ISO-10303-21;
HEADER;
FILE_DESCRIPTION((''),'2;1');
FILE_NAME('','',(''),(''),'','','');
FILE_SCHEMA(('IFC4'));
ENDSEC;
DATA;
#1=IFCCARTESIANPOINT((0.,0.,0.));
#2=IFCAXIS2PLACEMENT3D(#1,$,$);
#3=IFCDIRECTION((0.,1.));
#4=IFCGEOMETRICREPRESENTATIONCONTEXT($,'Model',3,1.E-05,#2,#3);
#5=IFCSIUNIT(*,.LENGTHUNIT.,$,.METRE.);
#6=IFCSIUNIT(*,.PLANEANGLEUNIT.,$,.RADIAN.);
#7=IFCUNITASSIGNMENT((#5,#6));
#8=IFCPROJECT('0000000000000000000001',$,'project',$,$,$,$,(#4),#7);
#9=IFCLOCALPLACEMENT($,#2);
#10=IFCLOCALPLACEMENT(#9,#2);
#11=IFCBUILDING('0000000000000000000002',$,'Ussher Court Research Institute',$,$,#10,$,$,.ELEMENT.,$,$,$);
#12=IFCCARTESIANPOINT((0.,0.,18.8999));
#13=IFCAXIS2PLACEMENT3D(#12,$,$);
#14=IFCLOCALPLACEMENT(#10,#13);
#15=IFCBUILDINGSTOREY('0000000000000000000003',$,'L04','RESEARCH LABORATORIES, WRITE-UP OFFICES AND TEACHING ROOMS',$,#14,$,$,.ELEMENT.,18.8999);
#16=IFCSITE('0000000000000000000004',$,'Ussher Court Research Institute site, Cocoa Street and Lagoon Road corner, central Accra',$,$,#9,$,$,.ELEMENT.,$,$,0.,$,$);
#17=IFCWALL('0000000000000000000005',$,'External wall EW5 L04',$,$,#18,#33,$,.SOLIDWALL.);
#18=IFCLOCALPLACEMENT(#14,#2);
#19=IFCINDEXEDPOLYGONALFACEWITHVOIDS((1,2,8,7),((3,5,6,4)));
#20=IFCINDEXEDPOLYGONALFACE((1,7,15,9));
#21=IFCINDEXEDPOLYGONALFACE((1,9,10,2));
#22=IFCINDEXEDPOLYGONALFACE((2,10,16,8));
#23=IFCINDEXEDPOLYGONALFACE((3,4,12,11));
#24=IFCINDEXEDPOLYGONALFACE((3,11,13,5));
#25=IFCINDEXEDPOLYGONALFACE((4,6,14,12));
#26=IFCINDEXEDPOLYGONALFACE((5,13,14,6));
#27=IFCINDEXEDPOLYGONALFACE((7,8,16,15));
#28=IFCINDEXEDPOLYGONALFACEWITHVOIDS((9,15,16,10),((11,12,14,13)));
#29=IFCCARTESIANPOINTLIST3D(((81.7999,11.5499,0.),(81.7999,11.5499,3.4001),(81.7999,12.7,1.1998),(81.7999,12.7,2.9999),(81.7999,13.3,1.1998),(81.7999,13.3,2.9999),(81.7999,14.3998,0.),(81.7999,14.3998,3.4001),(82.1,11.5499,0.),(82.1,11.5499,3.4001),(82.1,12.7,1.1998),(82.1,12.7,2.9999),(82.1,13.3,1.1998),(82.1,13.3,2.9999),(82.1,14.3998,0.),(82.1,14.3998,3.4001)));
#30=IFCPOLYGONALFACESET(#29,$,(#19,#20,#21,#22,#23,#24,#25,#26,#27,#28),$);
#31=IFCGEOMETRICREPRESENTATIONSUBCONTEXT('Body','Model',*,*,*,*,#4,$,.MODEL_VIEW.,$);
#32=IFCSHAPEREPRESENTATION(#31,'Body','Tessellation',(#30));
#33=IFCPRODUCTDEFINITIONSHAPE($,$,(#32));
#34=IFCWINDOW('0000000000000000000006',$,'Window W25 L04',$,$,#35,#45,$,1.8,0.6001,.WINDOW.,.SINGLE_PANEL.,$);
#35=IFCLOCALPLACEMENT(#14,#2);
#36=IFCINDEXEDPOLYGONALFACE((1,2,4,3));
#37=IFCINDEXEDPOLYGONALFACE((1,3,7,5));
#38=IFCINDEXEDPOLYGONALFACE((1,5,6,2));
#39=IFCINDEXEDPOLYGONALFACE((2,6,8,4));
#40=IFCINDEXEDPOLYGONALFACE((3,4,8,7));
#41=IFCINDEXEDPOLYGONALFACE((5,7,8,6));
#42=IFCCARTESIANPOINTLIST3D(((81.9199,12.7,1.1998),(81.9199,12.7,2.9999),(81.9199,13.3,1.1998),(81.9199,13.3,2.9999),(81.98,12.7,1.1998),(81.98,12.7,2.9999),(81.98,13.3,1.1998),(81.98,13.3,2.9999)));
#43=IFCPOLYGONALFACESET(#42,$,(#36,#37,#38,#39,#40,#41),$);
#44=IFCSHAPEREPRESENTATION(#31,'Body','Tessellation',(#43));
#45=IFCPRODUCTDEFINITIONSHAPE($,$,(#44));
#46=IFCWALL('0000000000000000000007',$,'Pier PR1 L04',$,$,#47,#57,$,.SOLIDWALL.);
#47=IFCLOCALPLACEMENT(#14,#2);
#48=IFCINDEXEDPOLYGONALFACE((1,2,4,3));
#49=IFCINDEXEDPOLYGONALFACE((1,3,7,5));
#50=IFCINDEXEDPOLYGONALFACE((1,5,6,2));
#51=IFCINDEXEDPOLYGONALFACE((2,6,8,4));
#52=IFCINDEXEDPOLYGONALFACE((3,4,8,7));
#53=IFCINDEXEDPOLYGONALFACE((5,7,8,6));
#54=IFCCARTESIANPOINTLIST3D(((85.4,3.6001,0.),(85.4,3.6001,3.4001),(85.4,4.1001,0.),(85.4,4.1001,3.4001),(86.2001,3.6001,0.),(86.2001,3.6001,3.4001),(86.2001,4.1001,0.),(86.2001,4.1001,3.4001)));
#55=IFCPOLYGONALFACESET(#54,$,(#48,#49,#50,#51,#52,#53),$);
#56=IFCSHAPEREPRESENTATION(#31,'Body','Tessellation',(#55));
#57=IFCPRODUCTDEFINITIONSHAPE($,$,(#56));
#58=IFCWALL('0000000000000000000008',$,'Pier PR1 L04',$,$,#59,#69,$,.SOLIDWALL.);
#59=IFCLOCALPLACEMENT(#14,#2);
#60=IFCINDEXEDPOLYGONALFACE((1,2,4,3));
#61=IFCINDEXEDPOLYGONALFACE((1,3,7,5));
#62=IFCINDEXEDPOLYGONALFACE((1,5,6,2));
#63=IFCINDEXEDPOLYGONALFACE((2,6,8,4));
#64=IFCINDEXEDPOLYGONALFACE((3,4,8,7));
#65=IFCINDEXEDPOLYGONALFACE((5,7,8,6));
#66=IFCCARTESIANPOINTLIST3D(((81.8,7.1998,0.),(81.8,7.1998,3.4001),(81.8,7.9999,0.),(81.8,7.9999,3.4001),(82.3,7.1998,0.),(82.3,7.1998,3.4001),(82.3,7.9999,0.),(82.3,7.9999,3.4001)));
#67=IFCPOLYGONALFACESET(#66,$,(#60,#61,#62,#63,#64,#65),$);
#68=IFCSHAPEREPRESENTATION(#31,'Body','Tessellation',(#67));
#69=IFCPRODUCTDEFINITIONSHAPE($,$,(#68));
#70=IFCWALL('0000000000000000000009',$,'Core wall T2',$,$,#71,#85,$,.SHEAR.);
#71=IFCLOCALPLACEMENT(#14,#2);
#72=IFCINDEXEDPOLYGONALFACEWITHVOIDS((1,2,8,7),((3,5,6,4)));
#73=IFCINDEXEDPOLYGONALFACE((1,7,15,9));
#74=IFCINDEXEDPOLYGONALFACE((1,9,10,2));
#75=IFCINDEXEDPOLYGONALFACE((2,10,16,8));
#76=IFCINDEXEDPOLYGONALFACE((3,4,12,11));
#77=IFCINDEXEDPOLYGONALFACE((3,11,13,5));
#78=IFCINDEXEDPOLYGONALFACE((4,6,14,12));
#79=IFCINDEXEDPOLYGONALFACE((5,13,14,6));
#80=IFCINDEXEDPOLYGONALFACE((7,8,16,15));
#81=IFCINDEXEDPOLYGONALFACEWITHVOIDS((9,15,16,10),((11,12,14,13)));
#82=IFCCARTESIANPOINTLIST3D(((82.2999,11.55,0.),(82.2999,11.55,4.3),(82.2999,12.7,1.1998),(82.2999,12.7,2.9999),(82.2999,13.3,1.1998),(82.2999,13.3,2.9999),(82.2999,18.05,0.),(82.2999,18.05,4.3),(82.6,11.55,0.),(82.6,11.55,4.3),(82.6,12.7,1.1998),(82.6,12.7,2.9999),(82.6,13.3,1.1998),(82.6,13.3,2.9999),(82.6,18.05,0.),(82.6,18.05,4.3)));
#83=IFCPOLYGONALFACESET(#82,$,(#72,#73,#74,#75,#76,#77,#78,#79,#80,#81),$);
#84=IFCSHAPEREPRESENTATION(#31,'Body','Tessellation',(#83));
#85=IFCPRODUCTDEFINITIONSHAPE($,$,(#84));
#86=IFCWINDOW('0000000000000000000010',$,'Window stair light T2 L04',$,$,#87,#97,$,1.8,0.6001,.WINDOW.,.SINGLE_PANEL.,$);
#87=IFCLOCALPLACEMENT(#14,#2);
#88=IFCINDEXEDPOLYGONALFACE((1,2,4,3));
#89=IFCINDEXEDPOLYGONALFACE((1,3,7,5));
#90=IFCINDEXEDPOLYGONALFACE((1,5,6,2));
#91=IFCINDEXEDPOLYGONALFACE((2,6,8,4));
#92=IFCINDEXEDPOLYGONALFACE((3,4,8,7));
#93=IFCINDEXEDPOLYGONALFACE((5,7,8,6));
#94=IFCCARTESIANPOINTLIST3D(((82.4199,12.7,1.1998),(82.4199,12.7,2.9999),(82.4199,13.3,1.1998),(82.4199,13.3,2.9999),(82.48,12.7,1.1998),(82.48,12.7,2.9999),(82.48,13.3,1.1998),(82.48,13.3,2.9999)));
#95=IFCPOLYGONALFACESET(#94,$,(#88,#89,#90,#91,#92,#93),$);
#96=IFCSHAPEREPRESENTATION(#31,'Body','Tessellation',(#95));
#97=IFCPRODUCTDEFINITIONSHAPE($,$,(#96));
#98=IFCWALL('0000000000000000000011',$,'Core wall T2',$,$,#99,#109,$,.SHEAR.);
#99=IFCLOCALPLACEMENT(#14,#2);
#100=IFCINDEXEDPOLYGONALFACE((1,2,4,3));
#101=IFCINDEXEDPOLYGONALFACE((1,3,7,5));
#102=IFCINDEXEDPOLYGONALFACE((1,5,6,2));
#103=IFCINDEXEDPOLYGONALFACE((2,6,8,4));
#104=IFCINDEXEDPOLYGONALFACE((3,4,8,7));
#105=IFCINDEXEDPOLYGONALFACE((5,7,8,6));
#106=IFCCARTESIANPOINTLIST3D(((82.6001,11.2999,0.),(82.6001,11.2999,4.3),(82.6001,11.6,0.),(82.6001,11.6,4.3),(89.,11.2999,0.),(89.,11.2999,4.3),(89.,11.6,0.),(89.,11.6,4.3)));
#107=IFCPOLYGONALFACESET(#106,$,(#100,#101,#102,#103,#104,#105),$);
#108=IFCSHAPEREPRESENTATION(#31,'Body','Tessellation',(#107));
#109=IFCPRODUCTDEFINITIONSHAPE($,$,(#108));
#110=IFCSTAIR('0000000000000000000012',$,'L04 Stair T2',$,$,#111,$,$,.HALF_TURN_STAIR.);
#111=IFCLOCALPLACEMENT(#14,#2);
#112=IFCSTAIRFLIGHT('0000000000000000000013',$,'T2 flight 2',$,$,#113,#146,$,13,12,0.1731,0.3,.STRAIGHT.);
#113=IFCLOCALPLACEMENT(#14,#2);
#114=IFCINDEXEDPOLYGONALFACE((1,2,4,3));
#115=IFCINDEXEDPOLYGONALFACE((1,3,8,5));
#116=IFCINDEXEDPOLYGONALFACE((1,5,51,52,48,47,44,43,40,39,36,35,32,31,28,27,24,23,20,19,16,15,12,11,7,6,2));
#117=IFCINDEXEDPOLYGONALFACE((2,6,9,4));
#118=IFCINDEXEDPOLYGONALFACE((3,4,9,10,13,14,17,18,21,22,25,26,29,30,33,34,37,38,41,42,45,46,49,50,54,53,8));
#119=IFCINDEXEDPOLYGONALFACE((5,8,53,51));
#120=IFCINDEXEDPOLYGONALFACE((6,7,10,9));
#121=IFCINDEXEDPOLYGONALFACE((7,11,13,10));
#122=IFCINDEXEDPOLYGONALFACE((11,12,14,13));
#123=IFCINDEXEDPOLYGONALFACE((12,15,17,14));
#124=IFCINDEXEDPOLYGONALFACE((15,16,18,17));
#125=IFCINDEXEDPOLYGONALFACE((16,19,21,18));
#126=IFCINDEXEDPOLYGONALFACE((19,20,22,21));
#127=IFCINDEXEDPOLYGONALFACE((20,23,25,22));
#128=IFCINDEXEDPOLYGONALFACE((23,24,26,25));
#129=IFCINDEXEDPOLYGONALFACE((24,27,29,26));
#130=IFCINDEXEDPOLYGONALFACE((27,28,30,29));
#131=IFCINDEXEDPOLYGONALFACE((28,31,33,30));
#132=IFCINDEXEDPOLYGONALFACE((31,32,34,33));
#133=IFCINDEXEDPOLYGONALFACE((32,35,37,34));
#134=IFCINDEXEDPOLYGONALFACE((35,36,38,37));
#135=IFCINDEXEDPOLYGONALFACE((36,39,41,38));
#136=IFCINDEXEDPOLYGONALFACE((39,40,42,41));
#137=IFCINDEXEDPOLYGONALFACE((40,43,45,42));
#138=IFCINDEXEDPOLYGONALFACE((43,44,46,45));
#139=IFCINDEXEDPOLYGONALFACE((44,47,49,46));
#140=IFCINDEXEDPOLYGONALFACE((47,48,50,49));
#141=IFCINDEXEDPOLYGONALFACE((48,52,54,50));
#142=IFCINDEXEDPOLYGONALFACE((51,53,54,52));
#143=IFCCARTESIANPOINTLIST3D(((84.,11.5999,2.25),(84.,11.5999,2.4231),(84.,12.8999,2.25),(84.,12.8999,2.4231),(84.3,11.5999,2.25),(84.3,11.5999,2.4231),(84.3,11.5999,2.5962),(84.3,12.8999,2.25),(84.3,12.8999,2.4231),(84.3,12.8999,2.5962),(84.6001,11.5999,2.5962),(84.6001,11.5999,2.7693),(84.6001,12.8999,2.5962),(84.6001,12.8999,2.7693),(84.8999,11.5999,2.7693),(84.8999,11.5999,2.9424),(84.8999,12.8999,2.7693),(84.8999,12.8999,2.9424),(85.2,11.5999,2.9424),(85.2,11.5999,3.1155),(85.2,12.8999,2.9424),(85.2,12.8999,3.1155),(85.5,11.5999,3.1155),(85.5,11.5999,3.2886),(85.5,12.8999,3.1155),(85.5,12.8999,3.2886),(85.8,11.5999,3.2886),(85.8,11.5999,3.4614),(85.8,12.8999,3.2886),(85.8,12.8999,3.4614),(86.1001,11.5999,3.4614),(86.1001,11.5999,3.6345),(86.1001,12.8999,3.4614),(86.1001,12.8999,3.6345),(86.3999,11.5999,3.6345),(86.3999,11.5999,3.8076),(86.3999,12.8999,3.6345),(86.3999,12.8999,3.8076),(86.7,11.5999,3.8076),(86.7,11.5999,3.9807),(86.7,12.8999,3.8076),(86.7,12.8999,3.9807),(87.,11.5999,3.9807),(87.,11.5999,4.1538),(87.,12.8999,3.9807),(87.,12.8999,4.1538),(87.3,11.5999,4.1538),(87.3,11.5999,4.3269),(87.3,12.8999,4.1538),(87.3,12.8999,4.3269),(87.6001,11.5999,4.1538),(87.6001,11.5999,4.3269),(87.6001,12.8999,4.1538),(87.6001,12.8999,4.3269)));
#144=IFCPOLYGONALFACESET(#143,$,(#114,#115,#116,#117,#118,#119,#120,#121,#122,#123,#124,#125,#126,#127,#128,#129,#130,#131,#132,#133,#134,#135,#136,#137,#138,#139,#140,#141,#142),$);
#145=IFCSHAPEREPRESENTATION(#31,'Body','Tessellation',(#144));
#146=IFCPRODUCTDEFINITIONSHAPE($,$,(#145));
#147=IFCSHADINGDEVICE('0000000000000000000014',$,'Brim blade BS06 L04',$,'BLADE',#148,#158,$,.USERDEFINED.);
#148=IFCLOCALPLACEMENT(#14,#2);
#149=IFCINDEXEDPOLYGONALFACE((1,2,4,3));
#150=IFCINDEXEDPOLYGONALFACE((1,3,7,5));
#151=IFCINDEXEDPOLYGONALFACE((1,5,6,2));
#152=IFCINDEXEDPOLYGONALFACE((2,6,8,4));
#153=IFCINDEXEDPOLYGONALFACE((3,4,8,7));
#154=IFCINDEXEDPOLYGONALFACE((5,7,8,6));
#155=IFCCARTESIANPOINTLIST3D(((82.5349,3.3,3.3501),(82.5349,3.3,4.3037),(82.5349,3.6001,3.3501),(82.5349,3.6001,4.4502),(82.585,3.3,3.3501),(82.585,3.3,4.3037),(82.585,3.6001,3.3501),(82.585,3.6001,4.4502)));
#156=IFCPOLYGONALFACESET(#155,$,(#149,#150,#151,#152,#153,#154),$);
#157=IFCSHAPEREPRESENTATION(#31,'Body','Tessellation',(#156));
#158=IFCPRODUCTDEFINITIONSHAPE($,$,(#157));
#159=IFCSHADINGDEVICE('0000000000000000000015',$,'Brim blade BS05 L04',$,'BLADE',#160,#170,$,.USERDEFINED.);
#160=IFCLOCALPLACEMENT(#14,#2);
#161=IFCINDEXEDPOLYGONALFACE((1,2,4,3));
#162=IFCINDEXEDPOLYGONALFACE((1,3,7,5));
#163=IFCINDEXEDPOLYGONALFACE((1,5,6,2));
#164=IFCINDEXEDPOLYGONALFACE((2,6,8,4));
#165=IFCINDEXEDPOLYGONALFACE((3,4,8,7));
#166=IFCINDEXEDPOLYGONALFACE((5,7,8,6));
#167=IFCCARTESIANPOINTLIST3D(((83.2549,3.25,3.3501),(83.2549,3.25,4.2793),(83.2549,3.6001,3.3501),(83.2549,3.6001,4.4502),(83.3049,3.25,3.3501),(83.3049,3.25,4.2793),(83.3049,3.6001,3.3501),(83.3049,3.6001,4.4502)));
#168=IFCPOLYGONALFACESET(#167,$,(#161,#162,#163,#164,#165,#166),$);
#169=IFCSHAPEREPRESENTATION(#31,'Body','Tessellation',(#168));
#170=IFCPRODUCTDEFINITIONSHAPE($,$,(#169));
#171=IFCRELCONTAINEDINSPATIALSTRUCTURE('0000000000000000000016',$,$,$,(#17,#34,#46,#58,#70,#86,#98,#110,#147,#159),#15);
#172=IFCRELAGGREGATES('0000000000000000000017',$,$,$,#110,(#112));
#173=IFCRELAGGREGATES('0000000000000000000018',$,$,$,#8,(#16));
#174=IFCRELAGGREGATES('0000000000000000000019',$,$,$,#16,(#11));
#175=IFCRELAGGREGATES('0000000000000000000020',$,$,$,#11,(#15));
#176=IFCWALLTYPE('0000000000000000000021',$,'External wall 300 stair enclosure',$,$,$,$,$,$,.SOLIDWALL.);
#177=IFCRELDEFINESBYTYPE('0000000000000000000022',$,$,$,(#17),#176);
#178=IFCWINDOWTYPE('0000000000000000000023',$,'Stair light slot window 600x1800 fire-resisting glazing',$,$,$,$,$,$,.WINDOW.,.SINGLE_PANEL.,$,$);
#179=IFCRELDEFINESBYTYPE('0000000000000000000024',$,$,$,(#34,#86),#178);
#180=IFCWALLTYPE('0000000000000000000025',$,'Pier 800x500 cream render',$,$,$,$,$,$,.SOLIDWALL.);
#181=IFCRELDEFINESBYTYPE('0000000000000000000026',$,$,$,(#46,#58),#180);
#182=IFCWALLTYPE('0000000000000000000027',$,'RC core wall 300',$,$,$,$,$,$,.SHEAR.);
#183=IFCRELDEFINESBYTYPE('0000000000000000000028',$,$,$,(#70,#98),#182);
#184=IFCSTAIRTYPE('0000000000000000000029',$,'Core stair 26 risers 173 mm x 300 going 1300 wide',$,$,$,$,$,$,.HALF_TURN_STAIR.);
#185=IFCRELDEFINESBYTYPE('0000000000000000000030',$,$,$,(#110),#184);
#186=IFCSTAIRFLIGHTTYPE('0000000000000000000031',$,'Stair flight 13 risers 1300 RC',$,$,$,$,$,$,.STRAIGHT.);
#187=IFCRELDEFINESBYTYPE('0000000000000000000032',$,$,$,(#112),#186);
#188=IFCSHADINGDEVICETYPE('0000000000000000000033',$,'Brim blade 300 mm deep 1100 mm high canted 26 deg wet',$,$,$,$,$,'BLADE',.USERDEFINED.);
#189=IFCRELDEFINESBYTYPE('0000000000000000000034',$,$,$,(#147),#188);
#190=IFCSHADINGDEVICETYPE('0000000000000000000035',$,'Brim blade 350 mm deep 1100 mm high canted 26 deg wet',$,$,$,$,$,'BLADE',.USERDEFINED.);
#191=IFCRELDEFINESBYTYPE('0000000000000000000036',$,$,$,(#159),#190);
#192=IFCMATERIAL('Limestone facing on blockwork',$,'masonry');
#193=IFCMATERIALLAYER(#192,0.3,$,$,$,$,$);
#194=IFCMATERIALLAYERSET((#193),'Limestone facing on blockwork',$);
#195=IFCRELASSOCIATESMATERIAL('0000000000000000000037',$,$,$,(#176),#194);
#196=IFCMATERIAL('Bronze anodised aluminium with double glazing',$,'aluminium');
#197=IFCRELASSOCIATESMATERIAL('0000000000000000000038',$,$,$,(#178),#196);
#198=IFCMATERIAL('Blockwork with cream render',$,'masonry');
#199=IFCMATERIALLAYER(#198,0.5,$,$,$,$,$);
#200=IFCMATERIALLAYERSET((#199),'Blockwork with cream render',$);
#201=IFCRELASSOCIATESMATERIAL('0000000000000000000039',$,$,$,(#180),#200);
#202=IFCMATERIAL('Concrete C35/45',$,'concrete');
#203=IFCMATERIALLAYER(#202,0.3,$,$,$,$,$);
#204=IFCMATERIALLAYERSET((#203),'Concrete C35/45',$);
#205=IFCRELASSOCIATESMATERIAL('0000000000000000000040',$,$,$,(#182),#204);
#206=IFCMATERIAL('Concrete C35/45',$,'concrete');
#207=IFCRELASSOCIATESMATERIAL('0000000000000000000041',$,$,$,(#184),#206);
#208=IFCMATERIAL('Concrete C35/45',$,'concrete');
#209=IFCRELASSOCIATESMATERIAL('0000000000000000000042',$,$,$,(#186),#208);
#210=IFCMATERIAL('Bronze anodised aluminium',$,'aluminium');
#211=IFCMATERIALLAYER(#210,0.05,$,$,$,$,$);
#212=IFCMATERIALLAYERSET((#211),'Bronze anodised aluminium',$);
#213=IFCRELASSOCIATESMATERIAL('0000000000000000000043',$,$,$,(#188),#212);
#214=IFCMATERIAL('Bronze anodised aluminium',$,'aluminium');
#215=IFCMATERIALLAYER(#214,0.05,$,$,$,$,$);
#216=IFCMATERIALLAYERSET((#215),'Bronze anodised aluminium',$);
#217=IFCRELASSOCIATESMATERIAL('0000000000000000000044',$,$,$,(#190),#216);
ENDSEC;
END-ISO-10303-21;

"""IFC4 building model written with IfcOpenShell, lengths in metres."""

from ifc_helpers import new_model, si_unit, direction, frame, frame_2d, origin, place, context, subcontext, project, spatial, polyline, rectangle, outline, extrude, material, layer, layer_set, type_object, element, fill, aggregate, save


model = new_model("IFC4")

# Units and contexts
model_context = context("Model", 3, precision=1e-05, world=origin(), true_north=direction((0.0, 1.0)))
body_context = subcontext(model_context, "Body", "Model", "MODEL_VIEW")
ifc_project = project(units=[si_unit("LENGTHUNIT", "METRE"), si_unit("PLANEANGLEUNIT", "RADIAN")], contexts=[model_context])

# Site, building, storey
site_placement = place(None, origin())
site = spatial("IfcSite", under=ifc_project, at=site_placement, Name="Ussher Court Research Institute site, Cocoa Street and Lagoon Road corner, central Accra", CompositionType="ELEMENT", RefElevation=0.0)
building_placement = place(site_placement, origin())
building = spatial("IfcBuilding", under=site, at=building_placement, Name="Ussher Court Research Institute", CompositionType="ELEMENT")
storey_placement = place(building_placement, frame((0.0, 0.0, 18.8999)))
storey = spatial("IfcBuildingStorey", under=building, at=storey_placement, Name="L04", Description="RESEARCH LABORATORIES, WRITE-UP OFFICES AND TEACHING ROOMS", CompositionType="ELEMENT", Elevation=18.8999)

# Wall, opening, window
ifc_material_1 = material(Name="Limestone facing on blockwork", Category="masonry")
ifc_layer_1 = layer(ifc_material_1, 0.3)
ifc_layer_set_1 = layer_set([ifc_layer_1], Name="Limestone facing on blockwork")
wall_type_1 = type_object("IfcWallType", Name="External wall 300 stair enclosure", PredefinedType="SOLIDWALL", material=ifc_layer_set_1)
wall_1_placement = place(storey_placement, frame((81.95, 11.55, 0.0), z_axis=(0.0, 0.0, 1.0), x_axis=(0.0, 1.0, 0.0)))
wall_1 = element("IfcWall", 1, at=wall_1_placement, inside=storey, type_object=wall_type_1, Name="External wall EW5 L04", PredefinedType="SOLIDWALL", context=body_context, shape_type="SweptSolid", body=[
    extrude(rectangle(XDim=2.8499, YDim=0.3, at=frame_2d((1.4248, 0.0))), origin(), (0.0, 0.0, 1.0), 3.4001),
])
opening_1_placement = place(wall_1_placement, frame((1.1499, 0.0, 1.2)))
opening_1 = element("IfcOpeningElement", 2, at=opening_1_placement, cuts=wall_1, PredefinedType="OPENING", context=body_context, shape_type="SweptSolid", body=[
    extrude(rectangle(XDim=0.6001, YDim=1.8, at=frame_2d((0.3, 0.8999))), frame((0.0, 0.1602, 0.0), z_axis=(0.0, -1.0, 0.0), x_axis=(1.0, 0.0, 0.0)), (0.0, 0.0, 1.0), 0.3201),
])
ifc_material_2 = material(Name="Bronze anodised aluminium with double glazing", Category="aluminium")
window_type_1 = type_object("IfcWindowType", Name="Stair light slot window 600x1800 fire-resisting glazing", PartitioningType="SINGLE_PANEL", PredefinedType="WINDOW", material=ifc_material_2)
window_1_placement = place(opening_1_placement, origin())
window_1 = element("IfcWindow", 3, at=window_1_placement, inside=storey, type_object=window_type_1, Name="Window W25 L04", OverallHeight=1.8, OverallWidth=0.6001, PartitioningType="SINGLE_PANEL", PredefinedType="WINDOW", context=body_context, shape_type="SweptSolid", body=[
    extrude(rectangle(XDim=0.6001, YDim=1.8, at=frame_2d((0.3, 0.8999))), frame((0.0, 0.03, 0.0), z_axis=(0.0, -1.0, 0.0), x_axis=(1.0, 0.0, 0.0)), (0.0, 0.0, 1.0), 0.0601),
])
fill(opening_1, window_1)

# Walls
ifc_material_3 = material(Name="Blockwork with cream render", Category="masonry")
ifc_layer_2 = layer(ifc_material_3, 0.5)
ifc_layer_set_2 = layer_set([ifc_layer_2], Name="Blockwork with cream render")
wall_type_2 = type_object("IfcWallType", Name="Pier 800x500 cream render", PredefinedType="SOLIDWALL", material=ifc_layer_set_2)
for number, where, z_axis, x_axis, name in (
    (4, (86.2, 3.8501, 0.0), (0.0, 0.0, 1.0), (-1.0, 0.0, 0.0), "Pier PR1 L04"),
    (5, (82.05, 7.2, 0.0), (0.0, 0.0, 1.0), (0.0, 1.0, 0.0), "Pier PR1 L04"),
):
    element("IfcWall", number, at=place(storey_placement, frame(where, z_axis=z_axis, x_axis=x_axis)), inside=storey, type_object=wall_type_2, Name=name, PredefinedType="SOLIDWALL", context=body_context, shape_type="SweptSolid", body=[
        extrude(rectangle(XDim=0.8, YDim=0.5, at=frame_2d((0.3999, 0.0))), origin(), (0.0, 0.0, 1.0), 3.4001),
    ])

# Wall, opening, window
ifc_material_4 = material(Name="Concrete C35/45", Category="concrete")
ifc_layer_3 = layer(ifc_material_4, 0.3)
ifc_layer_set_3 = layer_set([ifc_layer_3], Name="Concrete C35/45")
wall_type_3 = type_object("IfcWallType", Name="RC core wall 300", PredefinedType="SHEAR", material=ifc_layer_set_3)
wall_2_placement = place(storey_placement, frame((82.45, 11.55, 0.0), z_axis=(0.0, 0.0, 1.0), x_axis=(0.0, 1.0, 0.0)))
wall_2 = element("IfcWall", 6, at=wall_2_placement, inside=storey, type_object=wall_type_3, Name="Core wall T2", PredefinedType="SHEAR", context=body_context, shape_type="SweptSolid", body=[
    extrude(rectangle(XDim=6.5, YDim=0.3, at=frame_2d((3.25, 0.0))), origin(), (0.0, 0.0, 1.0), 4.3),
])
opening_2_placement = place(wall_2_placement, frame((1.1499, 0.0, 1.2)))
opening_2 = element("IfcOpeningElement", 7, at=opening_2_placement, cuts=wall_2, PredefinedType="OPENING", context=body_context, shape_type="SweptSolid", body=[
    extrude(rectangle(XDim=0.6001, YDim=1.8, at=frame_2d((0.3, 0.8999))), frame((0.0, 0.1602, 0.0), z_axis=(0.0, -1.0, 0.0), x_axis=(1.0, 0.0, 0.0)), (0.0, 0.0, 1.0), 0.3201),
])
window_2_placement = place(opening_2_placement, origin())
window_2 = element("IfcWindow", 8, at=window_2_placement, inside=storey, type_object=window_type_1, Name="Window stair light T2 L04", OverallHeight=1.8, OverallWidth=0.6001, PartitioningType="SINGLE_PANEL", PredefinedType="WINDOW", context=body_context, shape_type="SweptSolid", body=[
    extrude(rectangle(XDim=0.6001, YDim=1.8, at=frame_2d((0.3, 0.8999))), frame((0.0, 0.03, 0.0), z_axis=(0.0, -1.0, 0.0), x_axis=(1.0, 0.0, 0.0)), (0.0, 0.0, 1.0), 0.0601),
])
fill(opening_2, window_2)

# Wall
wall_3_placement = place(storey_placement, frame((82.6001, 11.45, 0.0), z_axis=(0.0, 0.0, 1.0), x_axis=(1.0, 0.0, 0.0)))
element("IfcWall", 9, at=wall_3_placement, inside=storey, type_object=wall_type_3, Name="Core wall T2", PredefinedType="SHEAR", context=body_context, shape_type="SweptSolid", body=[
    extrude(rectangle(XDim=6.3999, YDim=0.3, at=frame_2d((3.2, 0.0))), origin(), (0.0, 0.0, 1.0), 4.3),
])

# Stair, stair flight
ifc_material_5 = material(Name="Concrete C35/45", Category="concrete")
stair_type = type_object("IfcStairType", Name="Core stair 26 risers 173 mm x 300 going 1300 wide", PredefinedType="HALF_TURN_STAIR", material=ifc_material_5)
stair_placement = place(storey_placement, origin())
stair = element("IfcStair", 10, at=stair_placement, inside=storey, type_object=stair_type, Name="L04 Stair T2", PredefinedType="HALF_TURN_STAIR")
ifc_material_6 = material(Name="Concrete C35/45", Category="concrete")
stair_flight_type = type_object("IfcStairFlightType", Name="Stair flight 13 risers 1300 RC", PredefinedType="STRAIGHT", material=ifc_material_6)
stair_flight_placement = place(storey_placement, frame((84.0, 12.25, 2.25), z_axis=(0.0, 0.0, 1.0), x_axis=(1.0, 0.0, 0.0)))
stair_flight = element("IfcStairFlight", 11, at=stair_flight_placement, type_object=stair_flight_type, Name="T2 flight 2", NumberOfRisers=13, NumberOfTreads=12, PredefinedType="STRAIGHT", RiserHeight=0.1731, TreadLength=0.3, context=body_context, shape_type="SweptSolid", body=[
    extrude(outline(polyline([(0.0, 0.0), (0.0, 0.1731), (0.3, 0.1731), (0.3, 0.3462), (0.6001, 0.3462), (0.6001, 0.5193), (0.8999, 0.5193), (0.8999, 0.6924), (1.2, 0.6924), (1.2, 0.8655), (1.5, 0.8655), (1.5, 1.0386), (1.8, 1.0386), (1.8, 1.2114), (2.1001, 1.2114), (2.1001, 1.3845), (2.3999, 1.3845), (2.3999, 1.5576), (2.7, 1.5576), (2.7, 1.7307), (3.0, 1.7307), (3.0, 1.9038), (3.3, 1.9038), (3.3, 2.0769), (3.6001, 2.0769), (3.6001, 2.25), (3.6001, 1.9038), (0.3, 0.0), (0.0, 0.0)])), frame((0.0, 0.6499, 0.0), z_axis=(0.0, -1.0, 0.0), x_axis=(1.0, 0.0, 0.0)), (0.0, 0.0, 1.0), 1.3),
])
aggregate(stair, [stair_flight])

# Shading devices
ifc_material_7 = material(Name="Bronze anodised aluminium", Category="aluminium")
ifc_layer_4 = layer(ifc_material_7, 0.05)
ifc_layer_set_4 = layer_set([ifc_layer_4], Name="Bronze anodised aluminium")
shading_device_type_1 = type_object("IfcShadingDeviceType", Name="Brim blade 300 mm deep 1100 mm high canted 26 deg wet", ElementType="BLADE", PredefinedType="USERDEFINED", material=ifc_layer_set_4)
shading_device_1_placement = place(storey_placement, frame((82.5601, 3.6001, 3.3501), z_axis=(0.0, 0.0, 1.0), x_axis=(0.0, -1.0, 0.0)))
element("IfcShadingDevice", 12, at=shading_device_1_placement, inside=storey, type_object=shading_device_type_1, Name="Brim blade BS06 L04", ObjectType="BLADE", PredefinedType="USERDEFINED", context=body_context, shape_type="SweptSolid", body=[
    extrude(outline(polyline([(0.0, 0.0), (0.3, 0.0), (0.3, 0.9536), (0.0, 1.1001), (0.0, 0.0)])), frame((0.0, 0.0249, 0.0), z_axis=(0.0, -1.0, 0.0), x_axis=(1.0, 0.0, 0.0)), (0.0, 0.0, 1.0), 0.05),
])
ifc_material_8 = material(Name="Bronze anodised aluminium", Category="aluminium")
ifc_layer_5 = layer(ifc_material_8, 0.05)
ifc_layer_set_5 = layer_set([ifc_layer_5], Name="Bronze anodised aluminium")
shading_device_type_2 = type_object("IfcShadingDeviceType", Name="Brim blade 350 mm deep 1100 mm high canted 26 deg wet", ElementType="BLADE", PredefinedType="USERDEFINED", material=ifc_layer_set_5)
shading_device_2_placement = place(storey_placement, frame((83.28, 3.6001, 3.3501), z_axis=(0.0, 0.0, 1.0), x_axis=(0.0, -1.0, 0.0)))
element("IfcShadingDevice", 13, at=shading_device_2_placement, inside=storey, type_object=shading_device_type_2, Name="Brim blade BS05 L04", ObjectType="BLADE", PredefinedType="USERDEFINED", context=body_context, shape_type="SweptSolid", body=[
    extrude(outline(polyline([(0.0, 0.0), (0.3501, 0.0), (0.3501, 0.9292), (0.0, 1.1001), (0.0, 0.0)])), frame((0.0, 0.0249, 0.0), z_axis=(0.0, -1.0, 0.0), x_axis=(1.0, 0.0, 0.0)), (0.0, 0.0, 1.0), 0.05),
])

save(model, "model.ifc")
